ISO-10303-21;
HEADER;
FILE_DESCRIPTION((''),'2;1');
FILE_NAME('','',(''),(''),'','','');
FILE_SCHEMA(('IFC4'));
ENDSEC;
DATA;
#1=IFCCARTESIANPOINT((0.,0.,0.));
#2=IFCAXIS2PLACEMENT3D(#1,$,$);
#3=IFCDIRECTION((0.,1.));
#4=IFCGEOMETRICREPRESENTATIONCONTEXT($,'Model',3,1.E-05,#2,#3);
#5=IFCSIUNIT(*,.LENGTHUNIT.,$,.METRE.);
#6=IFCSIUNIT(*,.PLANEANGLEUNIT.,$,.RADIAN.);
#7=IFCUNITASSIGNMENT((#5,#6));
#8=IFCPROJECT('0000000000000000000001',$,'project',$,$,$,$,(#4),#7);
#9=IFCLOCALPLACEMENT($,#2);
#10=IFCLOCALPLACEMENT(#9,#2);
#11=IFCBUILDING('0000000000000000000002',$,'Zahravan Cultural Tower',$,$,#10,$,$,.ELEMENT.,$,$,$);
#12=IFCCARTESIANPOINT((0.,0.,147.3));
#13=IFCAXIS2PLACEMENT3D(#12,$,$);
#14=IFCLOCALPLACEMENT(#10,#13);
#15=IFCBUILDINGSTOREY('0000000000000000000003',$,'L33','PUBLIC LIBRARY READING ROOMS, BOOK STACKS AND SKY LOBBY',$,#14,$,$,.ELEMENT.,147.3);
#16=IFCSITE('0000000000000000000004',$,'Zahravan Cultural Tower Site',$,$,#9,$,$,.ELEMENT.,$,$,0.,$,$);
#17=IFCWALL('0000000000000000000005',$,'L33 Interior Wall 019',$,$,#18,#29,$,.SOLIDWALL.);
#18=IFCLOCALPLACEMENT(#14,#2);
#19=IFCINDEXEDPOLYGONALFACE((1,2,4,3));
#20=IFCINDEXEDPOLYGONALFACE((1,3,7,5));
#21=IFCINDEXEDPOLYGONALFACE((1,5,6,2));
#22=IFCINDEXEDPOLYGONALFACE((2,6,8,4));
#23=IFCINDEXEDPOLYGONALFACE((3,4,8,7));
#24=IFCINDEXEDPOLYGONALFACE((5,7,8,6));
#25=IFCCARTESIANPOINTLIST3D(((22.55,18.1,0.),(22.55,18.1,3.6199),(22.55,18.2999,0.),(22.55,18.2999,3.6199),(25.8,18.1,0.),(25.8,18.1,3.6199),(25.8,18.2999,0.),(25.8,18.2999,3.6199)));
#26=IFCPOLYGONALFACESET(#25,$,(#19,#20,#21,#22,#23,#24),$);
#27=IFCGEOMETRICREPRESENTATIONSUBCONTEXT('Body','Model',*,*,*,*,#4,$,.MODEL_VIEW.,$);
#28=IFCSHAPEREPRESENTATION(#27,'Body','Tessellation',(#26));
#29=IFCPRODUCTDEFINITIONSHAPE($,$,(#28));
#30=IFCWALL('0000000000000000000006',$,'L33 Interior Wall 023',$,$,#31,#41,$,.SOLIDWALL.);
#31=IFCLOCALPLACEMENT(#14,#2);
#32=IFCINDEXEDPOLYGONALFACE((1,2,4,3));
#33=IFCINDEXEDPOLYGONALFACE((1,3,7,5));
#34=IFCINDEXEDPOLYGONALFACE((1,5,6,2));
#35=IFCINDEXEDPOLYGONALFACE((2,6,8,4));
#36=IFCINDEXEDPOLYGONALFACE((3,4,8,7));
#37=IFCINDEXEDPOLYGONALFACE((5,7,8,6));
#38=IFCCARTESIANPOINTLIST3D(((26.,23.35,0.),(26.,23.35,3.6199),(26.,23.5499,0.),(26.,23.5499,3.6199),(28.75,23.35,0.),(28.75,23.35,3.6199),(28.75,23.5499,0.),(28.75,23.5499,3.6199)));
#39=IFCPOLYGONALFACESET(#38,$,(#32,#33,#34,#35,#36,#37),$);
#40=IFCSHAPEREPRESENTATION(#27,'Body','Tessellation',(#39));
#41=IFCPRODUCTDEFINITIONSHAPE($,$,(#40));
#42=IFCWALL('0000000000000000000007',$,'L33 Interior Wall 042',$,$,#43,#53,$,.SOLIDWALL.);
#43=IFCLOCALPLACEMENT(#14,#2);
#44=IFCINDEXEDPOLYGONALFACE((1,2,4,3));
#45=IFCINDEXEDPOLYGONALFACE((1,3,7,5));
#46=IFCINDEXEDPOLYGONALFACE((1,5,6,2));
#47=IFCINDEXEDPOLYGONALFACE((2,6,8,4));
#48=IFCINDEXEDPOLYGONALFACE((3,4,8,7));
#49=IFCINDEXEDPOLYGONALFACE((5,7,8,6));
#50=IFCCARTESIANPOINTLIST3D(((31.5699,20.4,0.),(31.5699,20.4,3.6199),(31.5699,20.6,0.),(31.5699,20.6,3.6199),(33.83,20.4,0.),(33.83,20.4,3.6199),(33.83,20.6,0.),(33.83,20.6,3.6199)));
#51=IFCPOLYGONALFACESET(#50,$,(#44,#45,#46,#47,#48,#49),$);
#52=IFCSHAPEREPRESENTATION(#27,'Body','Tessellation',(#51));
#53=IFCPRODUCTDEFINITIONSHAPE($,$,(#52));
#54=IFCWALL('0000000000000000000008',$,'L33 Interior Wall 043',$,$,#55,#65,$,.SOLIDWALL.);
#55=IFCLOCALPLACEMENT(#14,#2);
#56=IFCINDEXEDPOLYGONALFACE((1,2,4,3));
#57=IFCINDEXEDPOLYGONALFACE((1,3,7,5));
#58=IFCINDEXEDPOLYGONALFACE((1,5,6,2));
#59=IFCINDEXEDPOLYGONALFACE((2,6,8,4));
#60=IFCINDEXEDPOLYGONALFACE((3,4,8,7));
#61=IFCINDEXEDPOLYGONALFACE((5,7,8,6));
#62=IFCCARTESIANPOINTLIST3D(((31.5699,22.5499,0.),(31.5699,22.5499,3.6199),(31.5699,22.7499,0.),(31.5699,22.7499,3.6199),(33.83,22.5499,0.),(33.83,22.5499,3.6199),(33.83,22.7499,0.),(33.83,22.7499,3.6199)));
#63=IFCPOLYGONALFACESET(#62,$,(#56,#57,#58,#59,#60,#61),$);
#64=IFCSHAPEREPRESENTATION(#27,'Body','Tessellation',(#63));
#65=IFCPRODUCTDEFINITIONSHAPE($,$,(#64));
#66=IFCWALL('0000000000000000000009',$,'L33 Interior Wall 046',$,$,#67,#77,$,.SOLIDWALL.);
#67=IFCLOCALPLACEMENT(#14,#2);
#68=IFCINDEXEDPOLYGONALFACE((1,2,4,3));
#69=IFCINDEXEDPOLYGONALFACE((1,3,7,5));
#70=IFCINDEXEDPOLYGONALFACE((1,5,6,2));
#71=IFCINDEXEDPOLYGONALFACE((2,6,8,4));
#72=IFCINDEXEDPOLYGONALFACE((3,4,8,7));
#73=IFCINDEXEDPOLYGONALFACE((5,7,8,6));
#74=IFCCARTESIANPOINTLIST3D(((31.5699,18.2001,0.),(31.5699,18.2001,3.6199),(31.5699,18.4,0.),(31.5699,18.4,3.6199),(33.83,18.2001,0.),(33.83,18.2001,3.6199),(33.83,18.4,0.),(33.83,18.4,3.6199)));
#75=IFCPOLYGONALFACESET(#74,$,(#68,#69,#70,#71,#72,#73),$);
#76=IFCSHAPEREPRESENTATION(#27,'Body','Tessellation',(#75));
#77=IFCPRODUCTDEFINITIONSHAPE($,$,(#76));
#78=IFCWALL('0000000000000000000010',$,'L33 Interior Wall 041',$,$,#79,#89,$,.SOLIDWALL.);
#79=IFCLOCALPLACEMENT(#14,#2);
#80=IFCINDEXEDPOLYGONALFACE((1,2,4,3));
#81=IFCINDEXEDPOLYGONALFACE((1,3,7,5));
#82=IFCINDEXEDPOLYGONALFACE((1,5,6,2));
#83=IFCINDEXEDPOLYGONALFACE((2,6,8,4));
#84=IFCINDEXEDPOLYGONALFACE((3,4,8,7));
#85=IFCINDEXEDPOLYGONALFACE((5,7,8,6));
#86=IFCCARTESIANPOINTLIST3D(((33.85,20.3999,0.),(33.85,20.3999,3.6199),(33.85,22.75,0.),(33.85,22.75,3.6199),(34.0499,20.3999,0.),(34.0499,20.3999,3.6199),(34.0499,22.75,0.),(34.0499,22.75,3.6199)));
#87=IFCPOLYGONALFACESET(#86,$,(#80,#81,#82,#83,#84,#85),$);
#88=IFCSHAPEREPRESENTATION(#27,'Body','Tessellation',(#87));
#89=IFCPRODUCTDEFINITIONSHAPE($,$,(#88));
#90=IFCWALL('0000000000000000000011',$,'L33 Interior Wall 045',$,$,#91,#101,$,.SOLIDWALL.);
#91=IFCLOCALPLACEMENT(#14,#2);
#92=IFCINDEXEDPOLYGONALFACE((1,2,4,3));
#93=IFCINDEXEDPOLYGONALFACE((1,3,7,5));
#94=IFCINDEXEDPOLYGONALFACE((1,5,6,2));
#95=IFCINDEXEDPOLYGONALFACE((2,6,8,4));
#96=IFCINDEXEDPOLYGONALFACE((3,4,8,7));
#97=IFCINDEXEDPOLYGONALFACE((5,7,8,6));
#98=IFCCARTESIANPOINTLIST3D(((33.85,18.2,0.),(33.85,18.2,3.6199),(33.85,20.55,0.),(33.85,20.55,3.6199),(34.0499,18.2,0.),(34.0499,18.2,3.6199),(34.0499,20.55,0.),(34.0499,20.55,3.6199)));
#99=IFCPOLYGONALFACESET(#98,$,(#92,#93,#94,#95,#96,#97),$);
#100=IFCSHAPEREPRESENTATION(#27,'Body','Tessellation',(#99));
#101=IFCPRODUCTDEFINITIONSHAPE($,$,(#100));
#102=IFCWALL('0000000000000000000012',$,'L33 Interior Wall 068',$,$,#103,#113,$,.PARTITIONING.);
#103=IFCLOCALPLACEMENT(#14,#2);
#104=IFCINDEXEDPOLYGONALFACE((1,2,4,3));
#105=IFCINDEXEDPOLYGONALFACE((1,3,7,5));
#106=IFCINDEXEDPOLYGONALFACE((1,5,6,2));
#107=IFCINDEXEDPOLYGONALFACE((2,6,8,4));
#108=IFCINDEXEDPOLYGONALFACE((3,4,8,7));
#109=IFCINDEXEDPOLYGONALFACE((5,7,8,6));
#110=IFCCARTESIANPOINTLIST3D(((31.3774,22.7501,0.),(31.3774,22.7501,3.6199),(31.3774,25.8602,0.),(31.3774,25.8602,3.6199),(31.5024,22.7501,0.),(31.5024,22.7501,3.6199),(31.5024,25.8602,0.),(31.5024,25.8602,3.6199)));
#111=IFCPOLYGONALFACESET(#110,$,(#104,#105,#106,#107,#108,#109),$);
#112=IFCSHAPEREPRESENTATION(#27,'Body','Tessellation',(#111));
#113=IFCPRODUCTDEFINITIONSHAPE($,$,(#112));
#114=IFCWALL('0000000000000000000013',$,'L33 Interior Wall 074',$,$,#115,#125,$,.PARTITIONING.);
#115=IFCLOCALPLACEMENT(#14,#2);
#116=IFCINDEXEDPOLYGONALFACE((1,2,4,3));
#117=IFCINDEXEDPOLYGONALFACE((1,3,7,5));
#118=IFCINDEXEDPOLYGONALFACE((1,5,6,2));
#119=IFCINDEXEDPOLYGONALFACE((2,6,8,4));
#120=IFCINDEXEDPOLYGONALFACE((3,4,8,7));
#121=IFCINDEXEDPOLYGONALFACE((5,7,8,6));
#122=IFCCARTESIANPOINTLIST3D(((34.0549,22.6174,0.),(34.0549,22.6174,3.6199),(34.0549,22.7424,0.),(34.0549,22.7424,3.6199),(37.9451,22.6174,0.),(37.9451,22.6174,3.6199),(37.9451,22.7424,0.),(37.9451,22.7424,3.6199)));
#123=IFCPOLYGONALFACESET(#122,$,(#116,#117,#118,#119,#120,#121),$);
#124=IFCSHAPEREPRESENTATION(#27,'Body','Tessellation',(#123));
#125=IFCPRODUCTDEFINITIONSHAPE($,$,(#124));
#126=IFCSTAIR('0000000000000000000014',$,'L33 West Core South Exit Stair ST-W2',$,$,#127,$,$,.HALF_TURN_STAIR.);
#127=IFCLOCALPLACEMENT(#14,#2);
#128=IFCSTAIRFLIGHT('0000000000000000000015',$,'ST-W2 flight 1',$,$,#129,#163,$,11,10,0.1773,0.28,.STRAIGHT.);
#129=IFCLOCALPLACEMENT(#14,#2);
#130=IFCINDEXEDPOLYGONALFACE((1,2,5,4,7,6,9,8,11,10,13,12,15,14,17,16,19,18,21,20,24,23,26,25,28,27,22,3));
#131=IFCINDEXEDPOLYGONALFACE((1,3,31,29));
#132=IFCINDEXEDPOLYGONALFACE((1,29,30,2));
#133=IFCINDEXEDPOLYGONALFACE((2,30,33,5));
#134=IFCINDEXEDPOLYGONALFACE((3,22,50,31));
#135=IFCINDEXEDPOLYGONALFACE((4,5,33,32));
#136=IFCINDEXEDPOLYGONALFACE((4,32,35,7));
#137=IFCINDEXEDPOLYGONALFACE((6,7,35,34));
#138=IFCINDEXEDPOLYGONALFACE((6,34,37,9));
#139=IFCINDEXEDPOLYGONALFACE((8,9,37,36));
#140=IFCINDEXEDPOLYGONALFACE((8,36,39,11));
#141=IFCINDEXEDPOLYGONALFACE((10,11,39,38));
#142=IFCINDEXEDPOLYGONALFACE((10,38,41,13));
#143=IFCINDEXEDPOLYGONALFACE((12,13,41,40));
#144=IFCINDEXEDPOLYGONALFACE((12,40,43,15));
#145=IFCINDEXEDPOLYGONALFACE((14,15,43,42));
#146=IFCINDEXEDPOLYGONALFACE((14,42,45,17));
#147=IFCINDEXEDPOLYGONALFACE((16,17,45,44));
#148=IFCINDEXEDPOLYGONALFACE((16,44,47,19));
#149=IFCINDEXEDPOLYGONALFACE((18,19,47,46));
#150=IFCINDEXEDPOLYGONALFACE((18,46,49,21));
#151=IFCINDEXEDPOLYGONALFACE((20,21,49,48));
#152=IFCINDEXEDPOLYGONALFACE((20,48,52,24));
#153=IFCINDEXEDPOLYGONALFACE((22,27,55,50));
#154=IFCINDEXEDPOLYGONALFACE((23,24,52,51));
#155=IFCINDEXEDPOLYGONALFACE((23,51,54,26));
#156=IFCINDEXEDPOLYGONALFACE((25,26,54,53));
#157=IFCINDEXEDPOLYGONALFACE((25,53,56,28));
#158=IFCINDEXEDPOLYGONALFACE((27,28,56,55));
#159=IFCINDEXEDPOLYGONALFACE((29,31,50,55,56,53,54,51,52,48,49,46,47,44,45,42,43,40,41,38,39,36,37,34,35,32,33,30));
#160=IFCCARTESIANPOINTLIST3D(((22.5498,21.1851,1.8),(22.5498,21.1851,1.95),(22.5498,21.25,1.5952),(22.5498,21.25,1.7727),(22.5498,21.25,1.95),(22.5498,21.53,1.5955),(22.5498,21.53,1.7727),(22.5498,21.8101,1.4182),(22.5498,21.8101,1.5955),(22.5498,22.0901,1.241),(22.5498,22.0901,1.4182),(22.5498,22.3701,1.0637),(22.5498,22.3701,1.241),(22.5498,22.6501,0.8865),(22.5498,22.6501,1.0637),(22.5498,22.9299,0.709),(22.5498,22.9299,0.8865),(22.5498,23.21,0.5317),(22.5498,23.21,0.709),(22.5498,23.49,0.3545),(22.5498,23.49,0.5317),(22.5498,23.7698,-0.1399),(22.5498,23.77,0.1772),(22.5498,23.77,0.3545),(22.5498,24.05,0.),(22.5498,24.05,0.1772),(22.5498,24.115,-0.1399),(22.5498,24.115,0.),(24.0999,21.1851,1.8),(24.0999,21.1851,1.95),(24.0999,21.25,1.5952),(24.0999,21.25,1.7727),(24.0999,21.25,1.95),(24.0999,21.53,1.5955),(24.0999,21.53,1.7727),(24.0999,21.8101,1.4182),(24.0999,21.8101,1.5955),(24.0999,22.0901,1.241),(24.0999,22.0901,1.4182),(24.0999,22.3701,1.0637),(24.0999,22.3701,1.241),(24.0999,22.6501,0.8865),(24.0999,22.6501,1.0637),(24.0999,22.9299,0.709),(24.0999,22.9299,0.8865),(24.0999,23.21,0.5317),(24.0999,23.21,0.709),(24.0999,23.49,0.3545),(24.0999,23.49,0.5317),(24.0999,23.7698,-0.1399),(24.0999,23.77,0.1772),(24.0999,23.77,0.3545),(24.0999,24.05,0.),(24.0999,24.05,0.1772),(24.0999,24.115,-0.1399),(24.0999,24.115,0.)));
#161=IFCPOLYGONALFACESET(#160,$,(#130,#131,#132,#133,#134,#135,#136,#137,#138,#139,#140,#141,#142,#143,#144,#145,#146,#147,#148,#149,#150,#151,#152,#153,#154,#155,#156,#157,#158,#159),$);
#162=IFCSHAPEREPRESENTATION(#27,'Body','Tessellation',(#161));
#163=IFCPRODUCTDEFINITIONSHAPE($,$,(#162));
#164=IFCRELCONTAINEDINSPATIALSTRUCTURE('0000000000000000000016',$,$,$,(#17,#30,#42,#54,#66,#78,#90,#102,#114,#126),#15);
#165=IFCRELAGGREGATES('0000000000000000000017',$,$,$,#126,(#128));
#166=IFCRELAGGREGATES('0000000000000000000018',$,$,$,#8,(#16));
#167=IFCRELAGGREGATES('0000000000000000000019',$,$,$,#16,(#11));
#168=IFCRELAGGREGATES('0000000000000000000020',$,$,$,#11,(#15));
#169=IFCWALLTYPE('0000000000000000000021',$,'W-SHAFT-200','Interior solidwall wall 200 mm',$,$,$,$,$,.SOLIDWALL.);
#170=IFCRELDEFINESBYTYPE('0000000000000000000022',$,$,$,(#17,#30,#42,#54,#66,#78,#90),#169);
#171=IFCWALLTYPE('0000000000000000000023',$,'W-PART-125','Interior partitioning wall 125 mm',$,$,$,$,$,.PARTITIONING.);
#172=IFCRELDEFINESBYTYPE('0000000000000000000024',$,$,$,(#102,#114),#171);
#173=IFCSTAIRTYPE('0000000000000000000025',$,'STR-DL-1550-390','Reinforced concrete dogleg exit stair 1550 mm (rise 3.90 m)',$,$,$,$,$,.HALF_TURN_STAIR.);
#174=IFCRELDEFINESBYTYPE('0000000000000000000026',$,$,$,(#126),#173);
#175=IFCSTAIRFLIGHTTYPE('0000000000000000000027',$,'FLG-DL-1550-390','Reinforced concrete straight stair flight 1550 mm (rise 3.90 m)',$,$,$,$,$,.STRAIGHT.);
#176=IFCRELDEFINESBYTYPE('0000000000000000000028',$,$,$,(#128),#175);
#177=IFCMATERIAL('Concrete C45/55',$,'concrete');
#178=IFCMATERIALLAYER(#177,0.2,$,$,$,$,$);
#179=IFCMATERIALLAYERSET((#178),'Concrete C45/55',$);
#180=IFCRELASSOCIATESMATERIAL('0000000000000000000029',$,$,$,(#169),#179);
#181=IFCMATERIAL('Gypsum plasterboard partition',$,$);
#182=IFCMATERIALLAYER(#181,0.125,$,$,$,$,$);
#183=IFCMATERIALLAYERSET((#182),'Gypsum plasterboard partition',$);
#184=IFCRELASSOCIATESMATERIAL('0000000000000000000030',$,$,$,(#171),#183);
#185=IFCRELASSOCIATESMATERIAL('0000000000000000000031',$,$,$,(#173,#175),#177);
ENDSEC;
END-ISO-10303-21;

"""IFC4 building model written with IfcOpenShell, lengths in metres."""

from ifc_helpers import new_model, si_unit, direction, frame, frame_2d, origin, place, context, subcontext, project, spatial, polyline, rectangle, outline, extrude, source, transform, mapped, material, layer, layer_set, type_object, element, aggregate, save


model = new_model("IFC4")

# Units and contexts
model_context = context("Model", 3, precision=1e-05, world=origin(), true_north=direction((0.0, 1.0)))
body_context = subcontext(model_context, "Body", "Model", "MODEL_VIEW")
ifc_project = project(units=[si_unit("LENGTHUNIT", "METRE"), si_unit("PLANEANGLEUNIT", "RADIAN")], contexts=[model_context])

# Site, building, storey
site_placement = place(None, origin())
site = spatial("IfcSite", under=ifc_project, at=site_placement, Name="Zahravan Cultural Tower Site", CompositionType="ELEMENT", RefElevation=0.0)
building_placement = place(site_placement, origin())
building = spatial("IfcBuilding", under=site, at=building_placement, Name="Zahravan Cultural Tower", CompositionType="ELEMENT")
storey_placement = place(building_placement, frame((0.0, 0.0, 147.3)))
storey = spatial("IfcBuildingStorey", under=building, at=storey_placement, Name="L33", Description="PUBLIC LIBRARY READING ROOMS, BOOK STACKS AND SKY LOBBY", CompositionType="ELEMENT", Elevation=147.3)

# Shared definitions
ifc_material_1 = material(Name="Concrete C45/55", Category="concrete")
ifc_layer_1 = layer(ifc_material_1, 0.2)
ifc_layer_set_1 = layer_set([ifc_layer_1], Name="Concrete C45/55")
wall_type_1 = type_object("IfcWallType", Name="W-SHAFT-200", Description="Interior solidwall wall 200 mm", PredefinedType="SOLIDWALL", material=ifc_layer_set_1)

# Walls
shared_shape_1 = source(origin(), body_context, "Body", "SweptSolid", [
    extrude(rectangle(XDim=3.25, YDim=0.2, at=frame_2d((1.625, 0.0))), origin(), (0.0, 0.0, 1.0), 3.6199),
])
wall_1_placement = place(storey_placement, frame((22.55, 18.2, 0.0), z_axis=(0.0, 0.0, 1.0), x_axis=(1.0, 0.0, 0.0)))
element("IfcWall", 1, at=wall_1_placement, inside=storey, type_object=wall_type_1, Name="L33 Interior Wall 019", PredefinedType="SOLIDWALL", context=body_context, shape_type="MappedRepresentation", body=[
    mapped(shared_shape_1, transform((0.0, 0.0, 0.0), x_axis=(1.0, 0.0, 0.0), y_axis=(0.0, 1.0, 0.0), z_axis=(0.0, 0.0, 1.0), scale=1.0)),
])
shared_shape_2 = source(origin(), body_context, "Body", "SweptSolid", [
    extrude(rectangle(XDim=2.75, YDim=0.2, at=frame_2d((1.375, 0.0))), origin(), (0.0, 0.0, 1.0), 3.6199),
])
wall_2_placement = place(storey_placement, frame((26.0, 23.45, 0.0), z_axis=(0.0, 0.0, 1.0), x_axis=(1.0, 0.0, 0.0)))
element("IfcWall", 2, at=wall_2_placement, inside=storey, type_object=wall_type_1, Name="L33 Interior Wall 023", PredefinedType="SOLIDWALL", context=body_context, shape_type="MappedRepresentation", body=[
    mapped(shared_shape_2, transform((0.0, 0.0, 0.0), x_axis=(1.0, 0.0, 0.0), y_axis=(0.0, 1.0, 0.0), z_axis=(0.0, 0.0, 1.0), scale=1.0)),
])
shared_shape_3 = source(origin(), body_context, "Body", "SweptSolid", [
    extrude(rectangle(XDim=2.26, YDim=0.2, at=frame_2d((1.1299, 0.0))), origin(), (0.0, 0.0, 1.0), 3.6199),
])
for number, where, z_axis, x_axis, name in (
    (3, (31.5701, 20.5, 0.0), (0.0, 0.0, 1.0), (1.0, 0.0, 0.0), "L33 Interior Wall 042"),
    (4, (31.5701, 22.6499, 0.0), (0.0, 0.0, 1.0), (1.0, 0.0, 0.0), "L33 Interior Wall 043"),
    (5, (31.5701, 18.3, 0.0), (0.0, 0.0, 1.0), (1.0, 0.0, 0.0), "L33 Interior Wall 046"),
):
    element("IfcWall", number, at=place(storey_placement, frame(where, z_axis=z_axis, x_axis=x_axis)), inside=storey, type_object=wall_type_1, Name=name, PredefinedType="SOLIDWALL", context=body_context, shape_type="MappedRepresentation", body=[
        mapped(shared_shape_3, transform((0.0, 0.0, 0.0), x_axis=(1.0, 0.0, 0.0), y_axis=(0.0, 1.0, 0.0), z_axis=(0.0, 0.0, 1.0), scale=1.0)),
    ])
shared_shape_4 = source(origin(), body_context, "Body", "SweptSolid", [
    extrude(rectangle(XDim=2.3501, YDim=0.2, at=frame_2d((1.175, 0.0))), origin(), (0.0, 0.0, 1.0), 3.6199),
])
for number, where, z_axis, x_axis, name in (
    (6, (33.95, 20.3999, 0.0), (0.0, 0.0, 1.0), (0.0, 1.0, 0.0), "L33 Interior Wall 041"),
    (7, (33.95, 18.2, 0.0), (0.0, 0.0, 1.0), (0.0, 1.0, 0.0), "L33 Interior Wall 045"),
):
    element("IfcWall", number, at=place(storey_placement, frame(where, z_axis=z_axis, x_axis=x_axis)), inside=storey, type_object=wall_type_1, Name=name, PredefinedType="SOLIDWALL", context=body_context, shape_type="MappedRepresentation", body=[
        mapped(shared_shape_4, transform((0.0, 0.0, 0.0), x_axis=(1.0, 0.0, 0.0), y_axis=(0.0, 1.0, 0.0), z_axis=(0.0, 0.0, 1.0), scale=1.0)),
    ])
ifc_material_2 = material(Name="Gypsum plasterboard partition")
ifc_layer_2 = layer(ifc_material_2, 0.125)
ifc_layer_set_2 = layer_set([ifc_layer_2], Name="Gypsum plasterboard partition")
wall_type_2 = type_object("IfcWallType", Name="W-PART-125", Description="Interior partitioning wall 125 mm", PredefinedType="PARTITIONING", material=ifc_layer_set_2)
shared_shape_5 = source(origin(), body_context, "Body", "SweptSolid", [
    extrude(rectangle(XDim=3.1101, YDim=0.125, at=frame_2d((1.5552, 0.0))), origin(), (0.0, 0.0, 1.0), 3.6199),
])
wall_3_placement = place(storey_placement, frame((31.4399, 22.75, 0.0), z_axis=(0.0, 0.0, 1.0), x_axis=(0.0, 1.0, 0.0)))
element("IfcWall", 8, at=wall_3_placement, inside=storey, type_object=wall_type_2, Name="L33 Interior Wall 068", PredefinedType="PARTITIONING", context=body_context, shape_type="MappedRepresentation", body=[
    mapped(shared_shape_5, transform((0.0, 0.0, 0.0), x_axis=(1.0, 0.0, 0.0), y_axis=(0.0, 1.0, 0.0), z_axis=(0.0, 0.0, 1.0), scale=1.0)),
])
shared_shape_6 = source(origin(), body_context, "Body", "SweptSolid", [
    extrude(rectangle(XDim=3.8901, YDim=0.125, at=frame_2d((1.9451, 0.0))), origin(), (0.0, 0.0, 1.0), 3.6199),
])
wall_4_placement = place(storey_placement, frame((34.0549, 22.6799, 0.0), z_axis=(0.0, 0.0, 1.0), x_axis=(1.0, 0.0, 0.0)))
element("IfcWall", 9, at=wall_4_placement, inside=storey, type_object=wall_type_2, Name="L33 Interior Wall 074", PredefinedType="PARTITIONING", context=body_context, shape_type="MappedRepresentation", body=[
    mapped(shared_shape_6, transform((0.0, 0.0, 0.0), x_axis=(1.0, 0.0, 0.0), y_axis=(0.0, 1.0, 0.0), z_axis=(0.0, 0.0, 1.0), scale=1.0)),
])

# Stair, stair flight
stair_type = type_object("IfcStairType", Name="STR-DL-1550-390", Description="Reinforced concrete dogleg exit stair 1550 mm (rise 3.90 m)", PredefinedType="HALF_TURN_STAIR", material=ifc_material_1)
stair_placement = place(storey_placement, origin())
stair = element("IfcStair", 10, at=stair_placement, inside=storey, type_object=stair_type, Name="L33 West Core South Exit Stair ST-W2", PredefinedType="HALF_TURN_STAIR")
stair_flight_type = type_object("IfcStairFlightType", Name="FLG-DL-1550-390", Description="Reinforced concrete straight stair flight 1550 mm (rise 3.90 m)", PredefinedType="STRAIGHT", material=ifc_material_1)
stair_flight_1_placement = place(storey_placement, frame((23.325, 24.05, 0.0), z_axis=(0.0, 0.0, 1.0), x_axis=(0.0, -1.0, 0.0)))
stair_flight_1 = element("IfcStairFlight", 11, at=stair_flight_1_placement, type_object=stair_flight_type, Name="ST-W2 flight 1", NumberOfRisers=11, NumberOfTreads=10, PredefinedType="STRAIGHT", RiserHeight=0.1773, TreadLength=0.28, context=body_context, shape_type="SweptSolid", body=[
    extrude(outline(polyline([(-0.0649, -0.1399), (-0.0649, 0.0), (0.0, 0.0), (0.0, 0.1772), (0.28, 0.1772), (0.28, 0.3545), (0.5601, 0.3545), (0.5601, 0.5317), (0.8401, 0.5317), (0.8401, 0.709), (1.1201, 0.709), (1.1201, 0.8865), (1.3999, 0.8865), (1.3999, 1.0637), (1.6799, 1.0637), (1.6799, 1.241), (1.96, 1.241), (1.96, 1.4182), (2.24, 1.4182), (2.24, 1.5955), (2.52, 1.5955), (2.52, 1.7727), (2.8, 1.7727), (2.8, 1.95), (2.865, 1.95), (2.865, 1.8), (2.8, 1.5952), (0.2803, -0.1399), (-0.0649, -0.1399)])), frame((0.0, 0.7749, 0.0), z_axis=(0.0, -1.0, 0.0), x_axis=(1.0, 0.0, 0.0)), (0.0, 0.0, 1.0), 1.55),
])
aggregate(stair, [stair_flight_1])

save(model, "model.ifc")
